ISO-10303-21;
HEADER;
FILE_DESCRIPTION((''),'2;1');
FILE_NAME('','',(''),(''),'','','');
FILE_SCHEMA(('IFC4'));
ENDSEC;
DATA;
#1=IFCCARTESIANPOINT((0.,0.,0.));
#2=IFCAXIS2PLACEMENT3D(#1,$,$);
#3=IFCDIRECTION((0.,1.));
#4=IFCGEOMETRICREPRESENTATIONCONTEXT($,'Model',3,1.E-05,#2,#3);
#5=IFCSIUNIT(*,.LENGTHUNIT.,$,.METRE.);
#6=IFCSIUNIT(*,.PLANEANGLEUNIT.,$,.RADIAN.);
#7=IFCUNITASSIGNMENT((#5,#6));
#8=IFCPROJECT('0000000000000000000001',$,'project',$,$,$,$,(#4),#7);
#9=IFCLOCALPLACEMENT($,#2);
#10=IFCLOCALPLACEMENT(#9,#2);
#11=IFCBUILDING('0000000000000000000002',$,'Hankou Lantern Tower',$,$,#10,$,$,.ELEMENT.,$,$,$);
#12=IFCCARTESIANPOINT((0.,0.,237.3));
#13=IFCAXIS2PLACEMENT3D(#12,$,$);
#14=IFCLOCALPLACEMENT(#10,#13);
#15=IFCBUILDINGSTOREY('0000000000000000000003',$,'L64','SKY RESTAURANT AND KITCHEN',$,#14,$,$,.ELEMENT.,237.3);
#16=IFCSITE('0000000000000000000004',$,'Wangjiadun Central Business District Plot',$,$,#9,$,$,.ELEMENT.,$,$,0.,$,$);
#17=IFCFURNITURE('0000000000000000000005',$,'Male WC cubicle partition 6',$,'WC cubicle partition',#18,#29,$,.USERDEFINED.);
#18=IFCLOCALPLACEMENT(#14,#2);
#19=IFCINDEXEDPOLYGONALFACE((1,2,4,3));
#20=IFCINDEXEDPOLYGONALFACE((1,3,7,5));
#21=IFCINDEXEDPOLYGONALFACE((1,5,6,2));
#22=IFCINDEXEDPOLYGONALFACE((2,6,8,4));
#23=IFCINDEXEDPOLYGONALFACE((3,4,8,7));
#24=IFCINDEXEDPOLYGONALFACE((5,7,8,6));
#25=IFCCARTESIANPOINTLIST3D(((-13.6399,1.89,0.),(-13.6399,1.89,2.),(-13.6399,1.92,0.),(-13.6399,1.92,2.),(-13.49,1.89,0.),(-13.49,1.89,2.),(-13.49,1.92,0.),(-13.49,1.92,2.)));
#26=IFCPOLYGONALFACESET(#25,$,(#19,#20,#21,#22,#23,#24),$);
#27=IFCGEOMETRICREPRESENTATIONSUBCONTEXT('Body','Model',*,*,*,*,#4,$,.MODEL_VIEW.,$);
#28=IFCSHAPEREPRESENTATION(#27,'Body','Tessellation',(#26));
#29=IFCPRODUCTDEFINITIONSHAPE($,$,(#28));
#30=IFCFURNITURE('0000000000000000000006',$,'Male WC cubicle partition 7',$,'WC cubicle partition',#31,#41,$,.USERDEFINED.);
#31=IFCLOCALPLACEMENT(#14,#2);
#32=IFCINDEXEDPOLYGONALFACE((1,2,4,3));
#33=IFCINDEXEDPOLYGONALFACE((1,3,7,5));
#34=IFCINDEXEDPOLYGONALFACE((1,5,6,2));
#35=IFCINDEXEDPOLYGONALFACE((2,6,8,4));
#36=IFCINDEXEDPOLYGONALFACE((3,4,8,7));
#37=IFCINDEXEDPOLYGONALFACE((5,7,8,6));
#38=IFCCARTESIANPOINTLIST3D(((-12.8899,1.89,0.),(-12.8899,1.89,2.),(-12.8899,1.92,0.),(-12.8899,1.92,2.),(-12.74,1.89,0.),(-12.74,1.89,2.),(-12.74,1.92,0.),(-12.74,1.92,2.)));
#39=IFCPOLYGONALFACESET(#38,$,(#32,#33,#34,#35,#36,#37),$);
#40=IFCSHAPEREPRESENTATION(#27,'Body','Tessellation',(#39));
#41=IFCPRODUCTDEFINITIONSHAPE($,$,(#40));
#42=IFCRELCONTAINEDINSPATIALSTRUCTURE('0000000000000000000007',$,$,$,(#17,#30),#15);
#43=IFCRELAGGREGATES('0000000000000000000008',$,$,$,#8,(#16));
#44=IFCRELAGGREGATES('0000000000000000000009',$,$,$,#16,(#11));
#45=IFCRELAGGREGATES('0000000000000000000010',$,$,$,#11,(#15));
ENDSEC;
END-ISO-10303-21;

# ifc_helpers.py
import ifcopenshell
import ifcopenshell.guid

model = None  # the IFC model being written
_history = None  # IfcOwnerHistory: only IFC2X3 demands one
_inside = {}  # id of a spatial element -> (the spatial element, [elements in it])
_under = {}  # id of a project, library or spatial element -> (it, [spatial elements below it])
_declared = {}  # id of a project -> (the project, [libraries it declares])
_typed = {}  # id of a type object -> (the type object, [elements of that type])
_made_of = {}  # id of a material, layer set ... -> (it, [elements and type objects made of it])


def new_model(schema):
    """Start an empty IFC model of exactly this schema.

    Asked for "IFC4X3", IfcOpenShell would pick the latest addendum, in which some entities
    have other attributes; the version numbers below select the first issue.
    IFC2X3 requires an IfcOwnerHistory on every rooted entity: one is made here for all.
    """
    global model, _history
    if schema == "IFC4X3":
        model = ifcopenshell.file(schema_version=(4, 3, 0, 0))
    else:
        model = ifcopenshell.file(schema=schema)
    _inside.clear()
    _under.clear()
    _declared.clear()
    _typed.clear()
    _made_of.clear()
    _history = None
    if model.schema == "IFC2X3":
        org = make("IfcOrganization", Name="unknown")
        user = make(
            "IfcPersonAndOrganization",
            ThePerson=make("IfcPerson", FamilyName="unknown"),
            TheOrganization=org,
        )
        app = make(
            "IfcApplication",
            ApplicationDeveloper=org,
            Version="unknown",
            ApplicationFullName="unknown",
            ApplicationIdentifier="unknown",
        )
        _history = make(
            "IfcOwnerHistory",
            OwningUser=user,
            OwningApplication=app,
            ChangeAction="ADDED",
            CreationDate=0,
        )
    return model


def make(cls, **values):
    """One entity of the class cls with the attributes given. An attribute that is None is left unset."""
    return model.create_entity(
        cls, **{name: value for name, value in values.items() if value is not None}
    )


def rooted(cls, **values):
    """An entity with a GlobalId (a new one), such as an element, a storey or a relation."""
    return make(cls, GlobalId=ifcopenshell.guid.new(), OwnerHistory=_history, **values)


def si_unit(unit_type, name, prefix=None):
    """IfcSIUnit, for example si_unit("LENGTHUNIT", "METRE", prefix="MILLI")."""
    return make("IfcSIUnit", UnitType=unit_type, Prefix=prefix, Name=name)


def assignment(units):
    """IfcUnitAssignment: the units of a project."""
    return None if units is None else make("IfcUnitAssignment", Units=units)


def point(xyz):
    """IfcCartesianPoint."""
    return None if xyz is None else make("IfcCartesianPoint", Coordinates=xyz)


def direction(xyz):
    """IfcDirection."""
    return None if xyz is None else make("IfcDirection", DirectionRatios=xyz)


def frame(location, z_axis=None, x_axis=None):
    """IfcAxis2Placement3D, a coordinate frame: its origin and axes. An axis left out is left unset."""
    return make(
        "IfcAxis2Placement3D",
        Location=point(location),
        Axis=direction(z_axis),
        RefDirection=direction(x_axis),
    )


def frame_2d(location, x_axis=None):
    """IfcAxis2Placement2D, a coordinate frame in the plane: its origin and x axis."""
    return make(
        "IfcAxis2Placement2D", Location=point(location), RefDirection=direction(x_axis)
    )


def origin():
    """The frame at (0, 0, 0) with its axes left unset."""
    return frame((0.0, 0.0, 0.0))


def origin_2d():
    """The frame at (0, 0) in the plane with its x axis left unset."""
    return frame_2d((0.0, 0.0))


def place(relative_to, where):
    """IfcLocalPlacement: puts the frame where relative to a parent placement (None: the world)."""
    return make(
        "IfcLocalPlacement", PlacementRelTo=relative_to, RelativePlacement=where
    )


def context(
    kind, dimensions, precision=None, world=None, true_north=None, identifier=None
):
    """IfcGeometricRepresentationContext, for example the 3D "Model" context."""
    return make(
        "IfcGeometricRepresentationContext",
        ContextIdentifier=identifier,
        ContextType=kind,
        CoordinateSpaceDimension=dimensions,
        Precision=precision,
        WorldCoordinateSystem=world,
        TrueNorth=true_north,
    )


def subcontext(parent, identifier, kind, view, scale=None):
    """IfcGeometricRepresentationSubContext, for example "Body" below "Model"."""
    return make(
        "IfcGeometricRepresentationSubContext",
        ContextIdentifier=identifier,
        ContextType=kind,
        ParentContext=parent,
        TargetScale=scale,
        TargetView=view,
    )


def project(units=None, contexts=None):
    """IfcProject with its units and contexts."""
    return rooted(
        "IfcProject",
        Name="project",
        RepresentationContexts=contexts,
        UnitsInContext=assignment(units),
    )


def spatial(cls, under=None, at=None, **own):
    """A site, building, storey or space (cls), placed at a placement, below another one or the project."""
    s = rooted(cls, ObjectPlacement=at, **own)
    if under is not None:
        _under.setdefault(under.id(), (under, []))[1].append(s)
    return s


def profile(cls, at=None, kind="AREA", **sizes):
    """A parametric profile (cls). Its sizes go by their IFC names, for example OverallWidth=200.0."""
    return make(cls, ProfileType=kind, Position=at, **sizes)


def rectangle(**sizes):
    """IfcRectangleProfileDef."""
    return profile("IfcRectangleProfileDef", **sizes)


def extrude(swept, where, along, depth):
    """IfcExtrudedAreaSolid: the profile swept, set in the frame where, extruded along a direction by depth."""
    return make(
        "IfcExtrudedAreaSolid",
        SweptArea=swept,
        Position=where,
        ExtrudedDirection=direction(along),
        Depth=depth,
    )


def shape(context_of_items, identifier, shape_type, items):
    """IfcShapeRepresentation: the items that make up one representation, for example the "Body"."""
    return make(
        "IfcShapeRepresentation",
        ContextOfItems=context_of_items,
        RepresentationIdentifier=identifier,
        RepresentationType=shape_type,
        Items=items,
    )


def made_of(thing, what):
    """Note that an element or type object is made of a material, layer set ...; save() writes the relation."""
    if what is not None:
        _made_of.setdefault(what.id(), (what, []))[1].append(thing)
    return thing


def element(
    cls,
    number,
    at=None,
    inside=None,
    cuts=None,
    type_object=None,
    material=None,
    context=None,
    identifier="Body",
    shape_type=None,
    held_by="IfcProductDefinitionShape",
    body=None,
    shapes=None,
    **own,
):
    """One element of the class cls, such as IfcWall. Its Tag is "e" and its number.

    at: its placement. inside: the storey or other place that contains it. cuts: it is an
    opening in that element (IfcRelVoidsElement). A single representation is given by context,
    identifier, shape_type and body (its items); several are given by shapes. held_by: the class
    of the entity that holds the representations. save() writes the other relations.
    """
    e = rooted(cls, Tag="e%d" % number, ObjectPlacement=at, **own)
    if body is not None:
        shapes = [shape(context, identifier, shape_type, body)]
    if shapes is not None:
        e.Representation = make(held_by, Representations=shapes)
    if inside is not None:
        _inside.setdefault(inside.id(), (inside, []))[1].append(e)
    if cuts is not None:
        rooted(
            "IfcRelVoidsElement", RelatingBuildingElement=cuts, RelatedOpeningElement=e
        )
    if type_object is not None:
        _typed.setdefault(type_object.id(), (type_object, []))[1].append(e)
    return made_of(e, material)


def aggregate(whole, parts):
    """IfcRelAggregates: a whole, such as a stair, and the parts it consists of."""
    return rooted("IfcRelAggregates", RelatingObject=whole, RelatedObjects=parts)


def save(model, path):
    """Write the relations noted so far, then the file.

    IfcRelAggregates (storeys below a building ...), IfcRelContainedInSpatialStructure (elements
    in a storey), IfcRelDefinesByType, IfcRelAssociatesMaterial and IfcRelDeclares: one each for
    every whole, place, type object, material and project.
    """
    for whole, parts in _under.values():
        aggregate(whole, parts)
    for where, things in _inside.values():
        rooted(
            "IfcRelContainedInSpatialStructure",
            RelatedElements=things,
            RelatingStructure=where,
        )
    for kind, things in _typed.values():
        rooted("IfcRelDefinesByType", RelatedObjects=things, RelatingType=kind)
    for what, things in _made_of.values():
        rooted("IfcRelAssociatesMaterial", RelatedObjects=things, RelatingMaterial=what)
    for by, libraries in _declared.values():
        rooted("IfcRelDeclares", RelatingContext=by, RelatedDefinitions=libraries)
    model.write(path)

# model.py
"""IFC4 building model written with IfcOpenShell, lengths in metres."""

from ifc_helpers import new_model, si_unit, direction, frame, origin, origin_2d, place, context, subcontext, project, spatial, rectangle, extrude, element, save


model = new_model("IFC4")

# Units and contexts
model_context = context("Model", 3, precision=1e-05, world=origin(), true_north=direction((0.0, 1.0)))
body_context = subcontext(model_context, "Body", "Model", "MODEL_VIEW")
ifc_project = project(units=[si_unit("LENGTHUNIT", "METRE"), si_unit("PLANEANGLEUNIT", "RADIAN")], contexts=[model_context])

# Site, building, storey
site_placement = place(None, origin())
site = spatial("IfcSite", under=ifc_project, at=site_placement, Name="Wangjiadun Central Business District Plot", CompositionType="ELEMENT", RefElevation=0.0)
building_placement = place(site_placement, origin())
building = spatial("IfcBuilding", under=site, at=building_placement, Name="Hankou Lantern Tower", CompositionType="ELEMENT")
storey_placement = place(building_placement, frame((0.0, 0.0, 237.3)))
storey = spatial("IfcBuildingStorey", under=building, at=storey_placement, Name="L64", Description="SKY RESTAURANT AND KITCHEN", CompositionType="ELEMENT", Elevation=237.3)

# Furniture
for number, where, z_axis, x_axis, name in (
    (1, (-13.5649, 1.905, 0.0), (0.0, 0.0, 1.0), (1.0, 0.0, 0.0), "Male WC cubicle partition 6"),
    (2, (-12.8149, 1.905, 0.0), (0.0, 0.0, 1.0), (1.0, 0.0, 0.0), "Male WC cubicle partition 7"),
):
    element("IfcFurniture", number, at=place(storey_placement, frame(where, z_axis=z_axis, x_axis=x_axis)), inside=storey, Name=name, ObjectType="WC cubicle partition", PredefinedType="USERDEFINED", context=body_context, shape_type="SweptSolid", body=[
        extrude(rectangle(XDim=0.1499, YDim=0.03, at=origin_2d()), origin(), (0.0, 0.0, 1.0), 2.0),
    ])

save(model, "model.ifc")
